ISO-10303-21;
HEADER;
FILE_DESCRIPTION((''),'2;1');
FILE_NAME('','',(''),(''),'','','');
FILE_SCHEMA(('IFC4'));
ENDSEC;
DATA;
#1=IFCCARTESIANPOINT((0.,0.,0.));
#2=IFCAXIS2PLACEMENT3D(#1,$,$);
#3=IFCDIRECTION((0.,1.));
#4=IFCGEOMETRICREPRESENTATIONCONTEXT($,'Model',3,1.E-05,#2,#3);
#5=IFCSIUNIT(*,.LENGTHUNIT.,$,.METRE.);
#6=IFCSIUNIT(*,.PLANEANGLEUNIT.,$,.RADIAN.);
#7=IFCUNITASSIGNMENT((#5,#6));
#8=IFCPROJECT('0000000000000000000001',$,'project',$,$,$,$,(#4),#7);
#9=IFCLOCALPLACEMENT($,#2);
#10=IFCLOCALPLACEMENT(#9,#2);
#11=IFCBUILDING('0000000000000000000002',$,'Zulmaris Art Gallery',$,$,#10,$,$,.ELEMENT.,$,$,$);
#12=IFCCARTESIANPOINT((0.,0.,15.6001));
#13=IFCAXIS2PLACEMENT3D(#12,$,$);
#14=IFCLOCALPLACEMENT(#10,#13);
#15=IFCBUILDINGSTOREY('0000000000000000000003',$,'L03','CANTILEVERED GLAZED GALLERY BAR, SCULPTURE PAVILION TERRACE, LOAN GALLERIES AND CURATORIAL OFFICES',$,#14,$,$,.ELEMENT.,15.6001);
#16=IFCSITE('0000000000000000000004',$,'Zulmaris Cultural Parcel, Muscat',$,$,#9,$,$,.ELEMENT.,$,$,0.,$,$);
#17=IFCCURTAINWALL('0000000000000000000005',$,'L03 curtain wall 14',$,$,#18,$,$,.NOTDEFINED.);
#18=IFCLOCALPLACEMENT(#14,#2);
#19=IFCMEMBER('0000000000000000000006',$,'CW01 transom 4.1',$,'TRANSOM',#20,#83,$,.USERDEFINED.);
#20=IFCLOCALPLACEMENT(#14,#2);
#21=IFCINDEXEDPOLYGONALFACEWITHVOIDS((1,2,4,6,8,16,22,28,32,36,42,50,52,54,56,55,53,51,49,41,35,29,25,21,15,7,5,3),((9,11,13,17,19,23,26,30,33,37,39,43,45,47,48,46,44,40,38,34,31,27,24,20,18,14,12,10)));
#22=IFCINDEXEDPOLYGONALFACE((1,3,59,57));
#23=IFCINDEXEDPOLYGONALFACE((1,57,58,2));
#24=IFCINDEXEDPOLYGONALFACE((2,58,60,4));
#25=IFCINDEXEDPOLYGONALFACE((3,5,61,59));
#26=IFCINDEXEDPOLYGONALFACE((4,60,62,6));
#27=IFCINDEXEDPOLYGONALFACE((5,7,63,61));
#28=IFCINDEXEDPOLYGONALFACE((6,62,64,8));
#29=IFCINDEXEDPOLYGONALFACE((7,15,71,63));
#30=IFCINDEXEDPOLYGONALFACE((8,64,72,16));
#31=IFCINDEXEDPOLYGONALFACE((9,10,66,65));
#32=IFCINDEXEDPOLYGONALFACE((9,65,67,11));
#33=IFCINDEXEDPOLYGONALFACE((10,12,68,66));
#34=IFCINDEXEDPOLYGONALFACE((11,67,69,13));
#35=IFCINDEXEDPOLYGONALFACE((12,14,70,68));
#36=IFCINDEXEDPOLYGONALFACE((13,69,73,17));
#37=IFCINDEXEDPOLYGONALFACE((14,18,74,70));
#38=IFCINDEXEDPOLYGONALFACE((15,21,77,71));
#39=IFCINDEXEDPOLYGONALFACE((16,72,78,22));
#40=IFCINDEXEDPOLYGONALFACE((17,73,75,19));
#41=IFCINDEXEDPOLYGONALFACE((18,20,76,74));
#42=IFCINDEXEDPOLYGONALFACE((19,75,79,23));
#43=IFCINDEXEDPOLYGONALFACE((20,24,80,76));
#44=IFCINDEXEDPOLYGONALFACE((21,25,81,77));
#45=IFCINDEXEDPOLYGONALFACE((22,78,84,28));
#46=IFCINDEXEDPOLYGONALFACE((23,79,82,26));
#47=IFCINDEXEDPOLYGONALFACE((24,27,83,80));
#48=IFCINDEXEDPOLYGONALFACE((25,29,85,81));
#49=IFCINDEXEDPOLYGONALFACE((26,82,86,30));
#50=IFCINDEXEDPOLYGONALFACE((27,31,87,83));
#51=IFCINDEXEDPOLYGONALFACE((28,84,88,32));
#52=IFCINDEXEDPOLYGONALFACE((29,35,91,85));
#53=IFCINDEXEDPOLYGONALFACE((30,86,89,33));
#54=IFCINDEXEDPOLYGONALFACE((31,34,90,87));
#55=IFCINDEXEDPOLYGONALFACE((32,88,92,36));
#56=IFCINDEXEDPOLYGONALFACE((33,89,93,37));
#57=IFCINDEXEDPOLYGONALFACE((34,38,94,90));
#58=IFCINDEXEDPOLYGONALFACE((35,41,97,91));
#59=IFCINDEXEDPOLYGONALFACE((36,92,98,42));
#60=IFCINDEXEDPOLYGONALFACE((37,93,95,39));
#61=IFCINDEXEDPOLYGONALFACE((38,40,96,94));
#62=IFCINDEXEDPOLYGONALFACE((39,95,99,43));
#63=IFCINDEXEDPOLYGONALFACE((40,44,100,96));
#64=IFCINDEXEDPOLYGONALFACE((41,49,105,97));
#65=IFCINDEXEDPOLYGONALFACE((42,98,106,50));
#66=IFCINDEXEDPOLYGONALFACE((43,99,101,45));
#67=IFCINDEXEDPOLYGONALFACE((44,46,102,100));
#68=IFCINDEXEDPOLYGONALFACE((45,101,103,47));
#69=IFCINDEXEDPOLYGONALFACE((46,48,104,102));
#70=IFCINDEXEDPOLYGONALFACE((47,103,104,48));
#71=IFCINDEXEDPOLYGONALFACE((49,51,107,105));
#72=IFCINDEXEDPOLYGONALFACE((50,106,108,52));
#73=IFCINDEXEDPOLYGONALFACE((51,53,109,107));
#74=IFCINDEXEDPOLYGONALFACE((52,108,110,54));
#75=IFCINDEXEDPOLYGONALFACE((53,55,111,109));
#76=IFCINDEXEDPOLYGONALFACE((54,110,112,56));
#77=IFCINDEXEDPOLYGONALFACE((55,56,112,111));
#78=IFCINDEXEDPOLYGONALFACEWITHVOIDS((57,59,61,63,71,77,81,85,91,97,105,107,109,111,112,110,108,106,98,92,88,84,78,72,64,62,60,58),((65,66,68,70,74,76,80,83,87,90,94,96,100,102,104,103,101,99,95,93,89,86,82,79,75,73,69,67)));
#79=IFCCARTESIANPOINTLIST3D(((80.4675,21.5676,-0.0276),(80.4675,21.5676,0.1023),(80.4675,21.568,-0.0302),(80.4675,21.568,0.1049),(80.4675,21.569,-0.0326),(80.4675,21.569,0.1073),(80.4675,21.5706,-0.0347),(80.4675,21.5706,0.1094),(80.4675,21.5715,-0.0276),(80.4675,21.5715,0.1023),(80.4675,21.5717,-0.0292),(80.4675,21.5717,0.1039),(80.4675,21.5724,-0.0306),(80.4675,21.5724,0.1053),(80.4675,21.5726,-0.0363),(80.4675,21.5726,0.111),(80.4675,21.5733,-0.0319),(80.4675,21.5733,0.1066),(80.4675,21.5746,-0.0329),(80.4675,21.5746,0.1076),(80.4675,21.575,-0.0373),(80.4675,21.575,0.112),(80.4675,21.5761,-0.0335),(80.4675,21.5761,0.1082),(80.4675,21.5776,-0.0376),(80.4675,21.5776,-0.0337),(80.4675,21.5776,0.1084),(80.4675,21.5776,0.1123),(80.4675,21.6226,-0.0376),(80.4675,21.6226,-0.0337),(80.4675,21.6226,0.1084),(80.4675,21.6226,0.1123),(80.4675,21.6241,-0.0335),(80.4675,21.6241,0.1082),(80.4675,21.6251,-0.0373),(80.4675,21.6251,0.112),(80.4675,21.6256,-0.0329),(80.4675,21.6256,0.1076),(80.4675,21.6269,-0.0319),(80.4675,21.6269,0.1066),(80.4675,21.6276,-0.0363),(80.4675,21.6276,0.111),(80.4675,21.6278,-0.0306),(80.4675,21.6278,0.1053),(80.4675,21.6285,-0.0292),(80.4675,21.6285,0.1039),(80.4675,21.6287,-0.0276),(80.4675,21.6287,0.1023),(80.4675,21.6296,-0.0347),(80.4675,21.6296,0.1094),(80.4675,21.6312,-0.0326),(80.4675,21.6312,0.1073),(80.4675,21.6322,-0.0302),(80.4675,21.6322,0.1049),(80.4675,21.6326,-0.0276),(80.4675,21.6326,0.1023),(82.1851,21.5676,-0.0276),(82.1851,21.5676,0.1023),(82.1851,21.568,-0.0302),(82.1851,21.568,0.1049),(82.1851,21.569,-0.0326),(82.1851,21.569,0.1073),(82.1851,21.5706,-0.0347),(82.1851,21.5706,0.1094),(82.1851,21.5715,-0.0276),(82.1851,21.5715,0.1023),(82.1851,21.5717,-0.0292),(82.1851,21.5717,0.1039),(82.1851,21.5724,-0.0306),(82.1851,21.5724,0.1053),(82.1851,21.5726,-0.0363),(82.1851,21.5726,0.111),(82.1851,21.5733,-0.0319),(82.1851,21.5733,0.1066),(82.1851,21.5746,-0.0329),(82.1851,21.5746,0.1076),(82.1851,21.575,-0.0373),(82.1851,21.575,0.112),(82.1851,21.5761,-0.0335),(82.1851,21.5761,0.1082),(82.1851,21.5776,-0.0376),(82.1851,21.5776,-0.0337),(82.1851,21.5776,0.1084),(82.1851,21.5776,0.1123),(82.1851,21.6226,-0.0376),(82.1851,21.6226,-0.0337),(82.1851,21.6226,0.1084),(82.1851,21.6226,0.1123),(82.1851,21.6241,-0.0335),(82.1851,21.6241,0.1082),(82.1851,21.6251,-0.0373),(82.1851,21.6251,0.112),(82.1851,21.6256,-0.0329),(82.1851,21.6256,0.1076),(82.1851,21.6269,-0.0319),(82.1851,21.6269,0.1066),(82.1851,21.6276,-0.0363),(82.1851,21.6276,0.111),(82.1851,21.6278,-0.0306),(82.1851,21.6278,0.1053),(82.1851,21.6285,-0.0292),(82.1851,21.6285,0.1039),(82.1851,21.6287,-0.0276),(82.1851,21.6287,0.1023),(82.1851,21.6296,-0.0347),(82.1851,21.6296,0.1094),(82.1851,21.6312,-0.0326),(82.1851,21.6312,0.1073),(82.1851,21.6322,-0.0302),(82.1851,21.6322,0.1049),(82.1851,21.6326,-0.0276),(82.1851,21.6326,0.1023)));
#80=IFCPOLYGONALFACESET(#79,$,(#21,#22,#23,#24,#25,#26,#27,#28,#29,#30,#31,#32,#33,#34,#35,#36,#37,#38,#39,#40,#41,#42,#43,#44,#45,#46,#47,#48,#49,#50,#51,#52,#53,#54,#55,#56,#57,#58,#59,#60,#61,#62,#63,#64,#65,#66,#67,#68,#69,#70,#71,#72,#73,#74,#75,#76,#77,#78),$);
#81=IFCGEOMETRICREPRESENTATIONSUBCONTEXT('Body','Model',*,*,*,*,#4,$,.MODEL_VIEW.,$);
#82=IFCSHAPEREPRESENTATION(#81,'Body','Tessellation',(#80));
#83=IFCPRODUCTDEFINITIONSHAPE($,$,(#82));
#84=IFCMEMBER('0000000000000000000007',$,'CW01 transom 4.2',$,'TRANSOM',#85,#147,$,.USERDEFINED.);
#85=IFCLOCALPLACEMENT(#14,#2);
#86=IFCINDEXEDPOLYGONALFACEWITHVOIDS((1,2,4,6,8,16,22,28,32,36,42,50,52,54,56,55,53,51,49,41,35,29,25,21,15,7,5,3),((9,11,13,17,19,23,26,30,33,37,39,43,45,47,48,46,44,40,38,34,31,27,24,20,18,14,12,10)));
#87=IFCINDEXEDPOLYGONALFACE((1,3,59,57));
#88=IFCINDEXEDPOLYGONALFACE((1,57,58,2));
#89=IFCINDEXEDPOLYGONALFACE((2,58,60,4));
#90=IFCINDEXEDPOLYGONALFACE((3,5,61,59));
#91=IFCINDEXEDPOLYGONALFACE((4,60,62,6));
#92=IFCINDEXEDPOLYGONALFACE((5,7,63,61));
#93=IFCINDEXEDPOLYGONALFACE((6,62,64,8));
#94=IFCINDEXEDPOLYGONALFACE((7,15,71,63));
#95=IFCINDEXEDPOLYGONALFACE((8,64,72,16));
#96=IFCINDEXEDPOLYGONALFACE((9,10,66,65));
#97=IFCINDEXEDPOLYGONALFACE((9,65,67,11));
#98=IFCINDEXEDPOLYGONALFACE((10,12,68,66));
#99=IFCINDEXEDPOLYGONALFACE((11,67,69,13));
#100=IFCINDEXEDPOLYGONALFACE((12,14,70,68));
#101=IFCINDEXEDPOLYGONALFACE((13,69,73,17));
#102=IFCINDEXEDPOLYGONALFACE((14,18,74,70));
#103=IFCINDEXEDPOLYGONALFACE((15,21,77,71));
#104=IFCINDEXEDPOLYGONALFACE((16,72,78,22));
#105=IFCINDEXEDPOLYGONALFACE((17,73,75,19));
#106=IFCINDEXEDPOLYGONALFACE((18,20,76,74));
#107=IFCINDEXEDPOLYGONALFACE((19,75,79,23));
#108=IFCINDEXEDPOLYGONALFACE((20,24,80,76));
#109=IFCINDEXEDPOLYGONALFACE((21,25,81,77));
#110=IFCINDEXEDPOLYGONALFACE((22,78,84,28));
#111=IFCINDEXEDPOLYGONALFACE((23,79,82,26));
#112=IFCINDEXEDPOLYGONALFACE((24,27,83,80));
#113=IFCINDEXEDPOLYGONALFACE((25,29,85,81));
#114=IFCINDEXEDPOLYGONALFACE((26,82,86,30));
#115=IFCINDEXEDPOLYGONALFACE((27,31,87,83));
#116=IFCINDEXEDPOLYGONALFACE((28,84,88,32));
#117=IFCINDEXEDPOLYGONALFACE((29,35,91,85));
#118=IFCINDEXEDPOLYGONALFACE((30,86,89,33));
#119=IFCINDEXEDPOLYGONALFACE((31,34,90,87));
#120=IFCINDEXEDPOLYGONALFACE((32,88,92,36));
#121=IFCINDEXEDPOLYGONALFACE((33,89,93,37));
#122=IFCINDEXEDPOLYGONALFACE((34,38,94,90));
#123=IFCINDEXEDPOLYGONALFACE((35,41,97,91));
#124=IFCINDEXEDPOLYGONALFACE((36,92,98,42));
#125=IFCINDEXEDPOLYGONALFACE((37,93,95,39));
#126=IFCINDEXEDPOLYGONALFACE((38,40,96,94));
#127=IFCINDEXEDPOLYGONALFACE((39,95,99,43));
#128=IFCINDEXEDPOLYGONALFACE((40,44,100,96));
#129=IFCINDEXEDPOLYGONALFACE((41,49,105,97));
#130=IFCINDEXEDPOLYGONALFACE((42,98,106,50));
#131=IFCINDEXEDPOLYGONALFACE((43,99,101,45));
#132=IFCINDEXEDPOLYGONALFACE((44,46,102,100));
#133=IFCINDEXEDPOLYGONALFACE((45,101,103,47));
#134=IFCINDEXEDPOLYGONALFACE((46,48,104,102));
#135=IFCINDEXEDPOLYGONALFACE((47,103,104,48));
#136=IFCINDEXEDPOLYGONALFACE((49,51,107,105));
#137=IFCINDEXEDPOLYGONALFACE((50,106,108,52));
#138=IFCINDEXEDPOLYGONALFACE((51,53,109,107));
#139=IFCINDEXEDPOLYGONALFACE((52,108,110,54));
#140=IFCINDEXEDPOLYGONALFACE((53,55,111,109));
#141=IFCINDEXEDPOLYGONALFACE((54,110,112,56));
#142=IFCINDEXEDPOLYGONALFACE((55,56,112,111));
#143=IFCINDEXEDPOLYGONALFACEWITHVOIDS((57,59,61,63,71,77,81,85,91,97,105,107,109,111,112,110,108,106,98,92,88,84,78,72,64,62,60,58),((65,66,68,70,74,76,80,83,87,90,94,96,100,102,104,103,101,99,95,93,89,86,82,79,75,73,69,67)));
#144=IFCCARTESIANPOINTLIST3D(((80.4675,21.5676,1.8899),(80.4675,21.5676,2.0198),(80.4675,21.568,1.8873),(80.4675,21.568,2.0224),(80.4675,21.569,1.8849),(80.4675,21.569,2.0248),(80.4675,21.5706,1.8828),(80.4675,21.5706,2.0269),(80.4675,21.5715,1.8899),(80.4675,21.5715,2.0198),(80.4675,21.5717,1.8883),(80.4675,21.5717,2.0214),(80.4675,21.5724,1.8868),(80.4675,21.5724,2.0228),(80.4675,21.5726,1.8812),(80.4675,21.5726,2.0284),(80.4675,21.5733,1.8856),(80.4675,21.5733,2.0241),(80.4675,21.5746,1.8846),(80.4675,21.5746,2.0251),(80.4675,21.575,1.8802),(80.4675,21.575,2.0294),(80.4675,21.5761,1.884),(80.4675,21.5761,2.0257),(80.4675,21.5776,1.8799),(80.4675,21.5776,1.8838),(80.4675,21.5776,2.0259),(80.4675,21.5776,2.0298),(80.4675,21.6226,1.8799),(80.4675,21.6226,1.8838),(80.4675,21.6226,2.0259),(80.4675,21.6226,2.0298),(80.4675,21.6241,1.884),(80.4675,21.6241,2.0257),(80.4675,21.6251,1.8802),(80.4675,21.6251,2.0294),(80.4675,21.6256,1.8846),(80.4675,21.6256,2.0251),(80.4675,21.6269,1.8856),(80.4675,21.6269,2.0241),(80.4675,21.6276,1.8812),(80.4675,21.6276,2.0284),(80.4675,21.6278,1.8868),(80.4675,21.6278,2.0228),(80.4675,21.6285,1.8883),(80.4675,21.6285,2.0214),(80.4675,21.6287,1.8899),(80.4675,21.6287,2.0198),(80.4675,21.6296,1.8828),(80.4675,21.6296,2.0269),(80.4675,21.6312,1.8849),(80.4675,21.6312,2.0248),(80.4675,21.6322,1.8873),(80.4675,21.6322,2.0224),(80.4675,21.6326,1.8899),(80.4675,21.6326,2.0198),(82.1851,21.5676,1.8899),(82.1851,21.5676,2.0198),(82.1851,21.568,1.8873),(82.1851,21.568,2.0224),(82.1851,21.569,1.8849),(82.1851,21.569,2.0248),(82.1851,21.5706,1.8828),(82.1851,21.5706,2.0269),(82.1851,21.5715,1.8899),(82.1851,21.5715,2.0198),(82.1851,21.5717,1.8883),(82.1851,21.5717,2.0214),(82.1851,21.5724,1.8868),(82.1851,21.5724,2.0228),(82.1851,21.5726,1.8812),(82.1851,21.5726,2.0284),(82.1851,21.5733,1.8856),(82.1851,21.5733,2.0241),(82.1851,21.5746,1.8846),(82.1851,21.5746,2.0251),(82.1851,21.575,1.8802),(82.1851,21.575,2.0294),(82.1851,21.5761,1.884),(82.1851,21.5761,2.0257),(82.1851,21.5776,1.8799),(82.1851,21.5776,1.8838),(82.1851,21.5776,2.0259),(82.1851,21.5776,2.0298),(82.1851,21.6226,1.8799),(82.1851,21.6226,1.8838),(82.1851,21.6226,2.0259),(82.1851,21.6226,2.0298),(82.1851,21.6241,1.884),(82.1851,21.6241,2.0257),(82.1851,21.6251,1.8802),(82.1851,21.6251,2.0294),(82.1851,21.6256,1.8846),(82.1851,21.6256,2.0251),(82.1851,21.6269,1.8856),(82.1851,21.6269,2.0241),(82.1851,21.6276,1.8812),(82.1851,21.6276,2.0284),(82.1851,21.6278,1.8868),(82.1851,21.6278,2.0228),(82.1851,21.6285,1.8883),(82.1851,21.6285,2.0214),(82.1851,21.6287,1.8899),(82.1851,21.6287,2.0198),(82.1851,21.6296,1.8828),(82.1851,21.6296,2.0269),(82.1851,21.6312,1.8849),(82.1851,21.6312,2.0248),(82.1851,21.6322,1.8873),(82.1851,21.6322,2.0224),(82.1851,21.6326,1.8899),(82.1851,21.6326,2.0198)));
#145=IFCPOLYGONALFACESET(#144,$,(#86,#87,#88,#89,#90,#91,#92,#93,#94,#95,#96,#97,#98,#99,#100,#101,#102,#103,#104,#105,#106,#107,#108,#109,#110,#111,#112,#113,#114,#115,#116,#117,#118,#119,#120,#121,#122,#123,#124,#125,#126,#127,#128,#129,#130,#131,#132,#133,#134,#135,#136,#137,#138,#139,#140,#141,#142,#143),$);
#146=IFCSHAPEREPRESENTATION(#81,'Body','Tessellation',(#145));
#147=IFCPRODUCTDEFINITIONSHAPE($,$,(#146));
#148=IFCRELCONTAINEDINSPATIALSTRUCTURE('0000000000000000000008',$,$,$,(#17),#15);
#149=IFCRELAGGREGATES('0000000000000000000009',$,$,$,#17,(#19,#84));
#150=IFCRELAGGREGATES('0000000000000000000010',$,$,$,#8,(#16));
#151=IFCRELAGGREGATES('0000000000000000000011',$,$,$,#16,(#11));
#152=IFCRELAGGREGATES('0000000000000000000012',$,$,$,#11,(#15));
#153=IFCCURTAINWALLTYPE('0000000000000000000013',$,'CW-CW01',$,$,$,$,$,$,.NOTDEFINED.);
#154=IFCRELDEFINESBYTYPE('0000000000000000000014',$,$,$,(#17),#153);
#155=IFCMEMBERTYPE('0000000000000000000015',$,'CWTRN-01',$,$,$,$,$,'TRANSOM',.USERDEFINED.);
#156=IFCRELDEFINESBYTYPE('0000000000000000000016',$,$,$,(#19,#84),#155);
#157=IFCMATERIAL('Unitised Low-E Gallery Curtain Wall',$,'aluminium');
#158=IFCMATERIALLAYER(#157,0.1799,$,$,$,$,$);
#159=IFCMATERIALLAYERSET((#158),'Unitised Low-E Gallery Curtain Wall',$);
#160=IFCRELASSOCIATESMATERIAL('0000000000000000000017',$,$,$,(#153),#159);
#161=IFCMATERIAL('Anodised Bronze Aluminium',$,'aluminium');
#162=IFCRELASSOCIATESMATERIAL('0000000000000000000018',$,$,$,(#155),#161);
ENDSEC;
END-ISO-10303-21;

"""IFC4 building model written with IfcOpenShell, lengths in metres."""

from ifc_helpers import new_model, si_unit, direction, frame, origin, origin_2d, place, context, subcontext, project, spatial, hollow_rectangle, extrude, material, layer, layer_set, material_profile, profile_set, type_object, element, aggregate, save


model = new_model("IFC4")

# Units and contexts
model_context = context("Model", 3, precision=1e-05, world=origin(), true_north=direction((0.0, 1.0)))
body_context = subcontext(model_context, "Body", "Model", "MODEL_VIEW")
ifc_project = project(units=[si_unit("LENGTHUNIT", "METRE"), si_unit("PLANEANGLEUNIT", "RADIAN")], contexts=[model_context])

# Site, building, storey
site_placement = place(None, origin())
site = spatial("IfcSite", under=ifc_project, at=site_placement, Name="Zulmaris Cultural Parcel, Muscat", CompositionType="ELEMENT", RefElevation=0.0)
building_placement = place(site_placement, origin())
building = spatial("IfcBuilding", under=site, at=building_placement, Name="Zulmaris Art Gallery", CompositionType="ELEMENT")
storey_placement = place(building_placement, frame((0.0, 0.0, 15.6001)))
storey = spatial("IfcBuildingStorey", under=building, at=storey_placement, Name="L03", Description="CANTILEVERED GLAZED GALLERY BAR, SCULPTURE PAVILION TERRACE, LOAN GALLERIES AND CURATORIAL OFFICES", CompositionType="ELEMENT", Elevation=15.6001)

# Curtain wall
ifc_material_1 = material(Name="Unitised Low-E Gallery Curtain Wall", Category="aluminium")
ifc_layer_1 = layer(ifc_material_1, 0.1799)
ifc_layer_set_1 = layer_set([ifc_layer_1], Name="Unitised Low-E Gallery Curtain Wall")
curtain_wall_type_1 = type_object("IfcCurtainWallType", Name="CW-CW01", PredefinedType="NOTDEFINED", material=ifc_layer_set_1)
curtain_wall_1_placement = place(storey_placement, origin())
curtain_wall_1 = element("IfcCurtainWall", 1, at=curtain_wall_1_placement, inside=storey, type_object=curtain_wall_type_1, Name="L03 curtain wall 14", PredefinedType="NOTDEFINED")
ifc_material_2 = material(Name="Anodised Bronze Aluminium", Category="aluminium")

# Members
ifc_material_profile_1 = material_profile(ifc_material_2, hollow_rectangle(XDim=0.0649, YDim=0.1499, WallThickness=0.0039, InnerFilletRadius=0.0061, OuterFilletRadius=0.01, at=origin_2d()), Name="ALU 65x150x4")
ifc_profile_set_1 = profile_set([ifc_material_profile_1], Name="Anodised Bronze Aluminium")
member_type_1 = type_object("IfcMemberType", Name="CWTRN-01", ElementType="TRANSOM", PredefinedType="USERDEFINED", material=ifc_profile_set_1)
member_1_placement = place(storey_placement, frame((80.4675, 21.6001, 0.0374), z_axis=(1.0, 0.0, 0.0), x_axis=(0.0, 1.0, 0.0)))
member_1 = element("IfcMember", 2, at=member_1_placement, type_object=member_type_1, Name="CW01 transom 4.1", ObjectType="TRANSOM", PredefinedType="USERDEFINED", context=body_context, shape_type="SweptSolid", body=[
    extrude(hollow_rectangle(XDim=0.0649, YDim=0.1499, WallThickness=0.0039, InnerFilletRadius=0.0061, OuterFilletRadius=0.01, at=origin_2d()), origin(), (0.0, 0.0, 1.0), 1.7175),
])
member_2_placement = place(storey_placement, frame((80.4675, 21.6001, 1.9548), z_axis=(1.0, 0.0, 0.0), x_axis=(0.0, 1.0, 0.0)))
member_2 = element("IfcMember", 3, at=member_2_placement, type_object=member_type_1, Name="CW01 transom 4.2", ObjectType="TRANSOM", PredefinedType="USERDEFINED", context=body_context, shape_type="SweptSolid", body=[
    extrude(hollow_rectangle(XDim=0.0649, YDim=0.1499, WallThickness=0.0039, InnerFilletRadius=0.0061, OuterFilletRadius=0.01, at=origin_2d()), origin(), (0.0, 0.0, 1.0), 1.7175),
])

aggregate(curtain_wall_1, [member_1, member_2])

save(model, "model.ifc")
